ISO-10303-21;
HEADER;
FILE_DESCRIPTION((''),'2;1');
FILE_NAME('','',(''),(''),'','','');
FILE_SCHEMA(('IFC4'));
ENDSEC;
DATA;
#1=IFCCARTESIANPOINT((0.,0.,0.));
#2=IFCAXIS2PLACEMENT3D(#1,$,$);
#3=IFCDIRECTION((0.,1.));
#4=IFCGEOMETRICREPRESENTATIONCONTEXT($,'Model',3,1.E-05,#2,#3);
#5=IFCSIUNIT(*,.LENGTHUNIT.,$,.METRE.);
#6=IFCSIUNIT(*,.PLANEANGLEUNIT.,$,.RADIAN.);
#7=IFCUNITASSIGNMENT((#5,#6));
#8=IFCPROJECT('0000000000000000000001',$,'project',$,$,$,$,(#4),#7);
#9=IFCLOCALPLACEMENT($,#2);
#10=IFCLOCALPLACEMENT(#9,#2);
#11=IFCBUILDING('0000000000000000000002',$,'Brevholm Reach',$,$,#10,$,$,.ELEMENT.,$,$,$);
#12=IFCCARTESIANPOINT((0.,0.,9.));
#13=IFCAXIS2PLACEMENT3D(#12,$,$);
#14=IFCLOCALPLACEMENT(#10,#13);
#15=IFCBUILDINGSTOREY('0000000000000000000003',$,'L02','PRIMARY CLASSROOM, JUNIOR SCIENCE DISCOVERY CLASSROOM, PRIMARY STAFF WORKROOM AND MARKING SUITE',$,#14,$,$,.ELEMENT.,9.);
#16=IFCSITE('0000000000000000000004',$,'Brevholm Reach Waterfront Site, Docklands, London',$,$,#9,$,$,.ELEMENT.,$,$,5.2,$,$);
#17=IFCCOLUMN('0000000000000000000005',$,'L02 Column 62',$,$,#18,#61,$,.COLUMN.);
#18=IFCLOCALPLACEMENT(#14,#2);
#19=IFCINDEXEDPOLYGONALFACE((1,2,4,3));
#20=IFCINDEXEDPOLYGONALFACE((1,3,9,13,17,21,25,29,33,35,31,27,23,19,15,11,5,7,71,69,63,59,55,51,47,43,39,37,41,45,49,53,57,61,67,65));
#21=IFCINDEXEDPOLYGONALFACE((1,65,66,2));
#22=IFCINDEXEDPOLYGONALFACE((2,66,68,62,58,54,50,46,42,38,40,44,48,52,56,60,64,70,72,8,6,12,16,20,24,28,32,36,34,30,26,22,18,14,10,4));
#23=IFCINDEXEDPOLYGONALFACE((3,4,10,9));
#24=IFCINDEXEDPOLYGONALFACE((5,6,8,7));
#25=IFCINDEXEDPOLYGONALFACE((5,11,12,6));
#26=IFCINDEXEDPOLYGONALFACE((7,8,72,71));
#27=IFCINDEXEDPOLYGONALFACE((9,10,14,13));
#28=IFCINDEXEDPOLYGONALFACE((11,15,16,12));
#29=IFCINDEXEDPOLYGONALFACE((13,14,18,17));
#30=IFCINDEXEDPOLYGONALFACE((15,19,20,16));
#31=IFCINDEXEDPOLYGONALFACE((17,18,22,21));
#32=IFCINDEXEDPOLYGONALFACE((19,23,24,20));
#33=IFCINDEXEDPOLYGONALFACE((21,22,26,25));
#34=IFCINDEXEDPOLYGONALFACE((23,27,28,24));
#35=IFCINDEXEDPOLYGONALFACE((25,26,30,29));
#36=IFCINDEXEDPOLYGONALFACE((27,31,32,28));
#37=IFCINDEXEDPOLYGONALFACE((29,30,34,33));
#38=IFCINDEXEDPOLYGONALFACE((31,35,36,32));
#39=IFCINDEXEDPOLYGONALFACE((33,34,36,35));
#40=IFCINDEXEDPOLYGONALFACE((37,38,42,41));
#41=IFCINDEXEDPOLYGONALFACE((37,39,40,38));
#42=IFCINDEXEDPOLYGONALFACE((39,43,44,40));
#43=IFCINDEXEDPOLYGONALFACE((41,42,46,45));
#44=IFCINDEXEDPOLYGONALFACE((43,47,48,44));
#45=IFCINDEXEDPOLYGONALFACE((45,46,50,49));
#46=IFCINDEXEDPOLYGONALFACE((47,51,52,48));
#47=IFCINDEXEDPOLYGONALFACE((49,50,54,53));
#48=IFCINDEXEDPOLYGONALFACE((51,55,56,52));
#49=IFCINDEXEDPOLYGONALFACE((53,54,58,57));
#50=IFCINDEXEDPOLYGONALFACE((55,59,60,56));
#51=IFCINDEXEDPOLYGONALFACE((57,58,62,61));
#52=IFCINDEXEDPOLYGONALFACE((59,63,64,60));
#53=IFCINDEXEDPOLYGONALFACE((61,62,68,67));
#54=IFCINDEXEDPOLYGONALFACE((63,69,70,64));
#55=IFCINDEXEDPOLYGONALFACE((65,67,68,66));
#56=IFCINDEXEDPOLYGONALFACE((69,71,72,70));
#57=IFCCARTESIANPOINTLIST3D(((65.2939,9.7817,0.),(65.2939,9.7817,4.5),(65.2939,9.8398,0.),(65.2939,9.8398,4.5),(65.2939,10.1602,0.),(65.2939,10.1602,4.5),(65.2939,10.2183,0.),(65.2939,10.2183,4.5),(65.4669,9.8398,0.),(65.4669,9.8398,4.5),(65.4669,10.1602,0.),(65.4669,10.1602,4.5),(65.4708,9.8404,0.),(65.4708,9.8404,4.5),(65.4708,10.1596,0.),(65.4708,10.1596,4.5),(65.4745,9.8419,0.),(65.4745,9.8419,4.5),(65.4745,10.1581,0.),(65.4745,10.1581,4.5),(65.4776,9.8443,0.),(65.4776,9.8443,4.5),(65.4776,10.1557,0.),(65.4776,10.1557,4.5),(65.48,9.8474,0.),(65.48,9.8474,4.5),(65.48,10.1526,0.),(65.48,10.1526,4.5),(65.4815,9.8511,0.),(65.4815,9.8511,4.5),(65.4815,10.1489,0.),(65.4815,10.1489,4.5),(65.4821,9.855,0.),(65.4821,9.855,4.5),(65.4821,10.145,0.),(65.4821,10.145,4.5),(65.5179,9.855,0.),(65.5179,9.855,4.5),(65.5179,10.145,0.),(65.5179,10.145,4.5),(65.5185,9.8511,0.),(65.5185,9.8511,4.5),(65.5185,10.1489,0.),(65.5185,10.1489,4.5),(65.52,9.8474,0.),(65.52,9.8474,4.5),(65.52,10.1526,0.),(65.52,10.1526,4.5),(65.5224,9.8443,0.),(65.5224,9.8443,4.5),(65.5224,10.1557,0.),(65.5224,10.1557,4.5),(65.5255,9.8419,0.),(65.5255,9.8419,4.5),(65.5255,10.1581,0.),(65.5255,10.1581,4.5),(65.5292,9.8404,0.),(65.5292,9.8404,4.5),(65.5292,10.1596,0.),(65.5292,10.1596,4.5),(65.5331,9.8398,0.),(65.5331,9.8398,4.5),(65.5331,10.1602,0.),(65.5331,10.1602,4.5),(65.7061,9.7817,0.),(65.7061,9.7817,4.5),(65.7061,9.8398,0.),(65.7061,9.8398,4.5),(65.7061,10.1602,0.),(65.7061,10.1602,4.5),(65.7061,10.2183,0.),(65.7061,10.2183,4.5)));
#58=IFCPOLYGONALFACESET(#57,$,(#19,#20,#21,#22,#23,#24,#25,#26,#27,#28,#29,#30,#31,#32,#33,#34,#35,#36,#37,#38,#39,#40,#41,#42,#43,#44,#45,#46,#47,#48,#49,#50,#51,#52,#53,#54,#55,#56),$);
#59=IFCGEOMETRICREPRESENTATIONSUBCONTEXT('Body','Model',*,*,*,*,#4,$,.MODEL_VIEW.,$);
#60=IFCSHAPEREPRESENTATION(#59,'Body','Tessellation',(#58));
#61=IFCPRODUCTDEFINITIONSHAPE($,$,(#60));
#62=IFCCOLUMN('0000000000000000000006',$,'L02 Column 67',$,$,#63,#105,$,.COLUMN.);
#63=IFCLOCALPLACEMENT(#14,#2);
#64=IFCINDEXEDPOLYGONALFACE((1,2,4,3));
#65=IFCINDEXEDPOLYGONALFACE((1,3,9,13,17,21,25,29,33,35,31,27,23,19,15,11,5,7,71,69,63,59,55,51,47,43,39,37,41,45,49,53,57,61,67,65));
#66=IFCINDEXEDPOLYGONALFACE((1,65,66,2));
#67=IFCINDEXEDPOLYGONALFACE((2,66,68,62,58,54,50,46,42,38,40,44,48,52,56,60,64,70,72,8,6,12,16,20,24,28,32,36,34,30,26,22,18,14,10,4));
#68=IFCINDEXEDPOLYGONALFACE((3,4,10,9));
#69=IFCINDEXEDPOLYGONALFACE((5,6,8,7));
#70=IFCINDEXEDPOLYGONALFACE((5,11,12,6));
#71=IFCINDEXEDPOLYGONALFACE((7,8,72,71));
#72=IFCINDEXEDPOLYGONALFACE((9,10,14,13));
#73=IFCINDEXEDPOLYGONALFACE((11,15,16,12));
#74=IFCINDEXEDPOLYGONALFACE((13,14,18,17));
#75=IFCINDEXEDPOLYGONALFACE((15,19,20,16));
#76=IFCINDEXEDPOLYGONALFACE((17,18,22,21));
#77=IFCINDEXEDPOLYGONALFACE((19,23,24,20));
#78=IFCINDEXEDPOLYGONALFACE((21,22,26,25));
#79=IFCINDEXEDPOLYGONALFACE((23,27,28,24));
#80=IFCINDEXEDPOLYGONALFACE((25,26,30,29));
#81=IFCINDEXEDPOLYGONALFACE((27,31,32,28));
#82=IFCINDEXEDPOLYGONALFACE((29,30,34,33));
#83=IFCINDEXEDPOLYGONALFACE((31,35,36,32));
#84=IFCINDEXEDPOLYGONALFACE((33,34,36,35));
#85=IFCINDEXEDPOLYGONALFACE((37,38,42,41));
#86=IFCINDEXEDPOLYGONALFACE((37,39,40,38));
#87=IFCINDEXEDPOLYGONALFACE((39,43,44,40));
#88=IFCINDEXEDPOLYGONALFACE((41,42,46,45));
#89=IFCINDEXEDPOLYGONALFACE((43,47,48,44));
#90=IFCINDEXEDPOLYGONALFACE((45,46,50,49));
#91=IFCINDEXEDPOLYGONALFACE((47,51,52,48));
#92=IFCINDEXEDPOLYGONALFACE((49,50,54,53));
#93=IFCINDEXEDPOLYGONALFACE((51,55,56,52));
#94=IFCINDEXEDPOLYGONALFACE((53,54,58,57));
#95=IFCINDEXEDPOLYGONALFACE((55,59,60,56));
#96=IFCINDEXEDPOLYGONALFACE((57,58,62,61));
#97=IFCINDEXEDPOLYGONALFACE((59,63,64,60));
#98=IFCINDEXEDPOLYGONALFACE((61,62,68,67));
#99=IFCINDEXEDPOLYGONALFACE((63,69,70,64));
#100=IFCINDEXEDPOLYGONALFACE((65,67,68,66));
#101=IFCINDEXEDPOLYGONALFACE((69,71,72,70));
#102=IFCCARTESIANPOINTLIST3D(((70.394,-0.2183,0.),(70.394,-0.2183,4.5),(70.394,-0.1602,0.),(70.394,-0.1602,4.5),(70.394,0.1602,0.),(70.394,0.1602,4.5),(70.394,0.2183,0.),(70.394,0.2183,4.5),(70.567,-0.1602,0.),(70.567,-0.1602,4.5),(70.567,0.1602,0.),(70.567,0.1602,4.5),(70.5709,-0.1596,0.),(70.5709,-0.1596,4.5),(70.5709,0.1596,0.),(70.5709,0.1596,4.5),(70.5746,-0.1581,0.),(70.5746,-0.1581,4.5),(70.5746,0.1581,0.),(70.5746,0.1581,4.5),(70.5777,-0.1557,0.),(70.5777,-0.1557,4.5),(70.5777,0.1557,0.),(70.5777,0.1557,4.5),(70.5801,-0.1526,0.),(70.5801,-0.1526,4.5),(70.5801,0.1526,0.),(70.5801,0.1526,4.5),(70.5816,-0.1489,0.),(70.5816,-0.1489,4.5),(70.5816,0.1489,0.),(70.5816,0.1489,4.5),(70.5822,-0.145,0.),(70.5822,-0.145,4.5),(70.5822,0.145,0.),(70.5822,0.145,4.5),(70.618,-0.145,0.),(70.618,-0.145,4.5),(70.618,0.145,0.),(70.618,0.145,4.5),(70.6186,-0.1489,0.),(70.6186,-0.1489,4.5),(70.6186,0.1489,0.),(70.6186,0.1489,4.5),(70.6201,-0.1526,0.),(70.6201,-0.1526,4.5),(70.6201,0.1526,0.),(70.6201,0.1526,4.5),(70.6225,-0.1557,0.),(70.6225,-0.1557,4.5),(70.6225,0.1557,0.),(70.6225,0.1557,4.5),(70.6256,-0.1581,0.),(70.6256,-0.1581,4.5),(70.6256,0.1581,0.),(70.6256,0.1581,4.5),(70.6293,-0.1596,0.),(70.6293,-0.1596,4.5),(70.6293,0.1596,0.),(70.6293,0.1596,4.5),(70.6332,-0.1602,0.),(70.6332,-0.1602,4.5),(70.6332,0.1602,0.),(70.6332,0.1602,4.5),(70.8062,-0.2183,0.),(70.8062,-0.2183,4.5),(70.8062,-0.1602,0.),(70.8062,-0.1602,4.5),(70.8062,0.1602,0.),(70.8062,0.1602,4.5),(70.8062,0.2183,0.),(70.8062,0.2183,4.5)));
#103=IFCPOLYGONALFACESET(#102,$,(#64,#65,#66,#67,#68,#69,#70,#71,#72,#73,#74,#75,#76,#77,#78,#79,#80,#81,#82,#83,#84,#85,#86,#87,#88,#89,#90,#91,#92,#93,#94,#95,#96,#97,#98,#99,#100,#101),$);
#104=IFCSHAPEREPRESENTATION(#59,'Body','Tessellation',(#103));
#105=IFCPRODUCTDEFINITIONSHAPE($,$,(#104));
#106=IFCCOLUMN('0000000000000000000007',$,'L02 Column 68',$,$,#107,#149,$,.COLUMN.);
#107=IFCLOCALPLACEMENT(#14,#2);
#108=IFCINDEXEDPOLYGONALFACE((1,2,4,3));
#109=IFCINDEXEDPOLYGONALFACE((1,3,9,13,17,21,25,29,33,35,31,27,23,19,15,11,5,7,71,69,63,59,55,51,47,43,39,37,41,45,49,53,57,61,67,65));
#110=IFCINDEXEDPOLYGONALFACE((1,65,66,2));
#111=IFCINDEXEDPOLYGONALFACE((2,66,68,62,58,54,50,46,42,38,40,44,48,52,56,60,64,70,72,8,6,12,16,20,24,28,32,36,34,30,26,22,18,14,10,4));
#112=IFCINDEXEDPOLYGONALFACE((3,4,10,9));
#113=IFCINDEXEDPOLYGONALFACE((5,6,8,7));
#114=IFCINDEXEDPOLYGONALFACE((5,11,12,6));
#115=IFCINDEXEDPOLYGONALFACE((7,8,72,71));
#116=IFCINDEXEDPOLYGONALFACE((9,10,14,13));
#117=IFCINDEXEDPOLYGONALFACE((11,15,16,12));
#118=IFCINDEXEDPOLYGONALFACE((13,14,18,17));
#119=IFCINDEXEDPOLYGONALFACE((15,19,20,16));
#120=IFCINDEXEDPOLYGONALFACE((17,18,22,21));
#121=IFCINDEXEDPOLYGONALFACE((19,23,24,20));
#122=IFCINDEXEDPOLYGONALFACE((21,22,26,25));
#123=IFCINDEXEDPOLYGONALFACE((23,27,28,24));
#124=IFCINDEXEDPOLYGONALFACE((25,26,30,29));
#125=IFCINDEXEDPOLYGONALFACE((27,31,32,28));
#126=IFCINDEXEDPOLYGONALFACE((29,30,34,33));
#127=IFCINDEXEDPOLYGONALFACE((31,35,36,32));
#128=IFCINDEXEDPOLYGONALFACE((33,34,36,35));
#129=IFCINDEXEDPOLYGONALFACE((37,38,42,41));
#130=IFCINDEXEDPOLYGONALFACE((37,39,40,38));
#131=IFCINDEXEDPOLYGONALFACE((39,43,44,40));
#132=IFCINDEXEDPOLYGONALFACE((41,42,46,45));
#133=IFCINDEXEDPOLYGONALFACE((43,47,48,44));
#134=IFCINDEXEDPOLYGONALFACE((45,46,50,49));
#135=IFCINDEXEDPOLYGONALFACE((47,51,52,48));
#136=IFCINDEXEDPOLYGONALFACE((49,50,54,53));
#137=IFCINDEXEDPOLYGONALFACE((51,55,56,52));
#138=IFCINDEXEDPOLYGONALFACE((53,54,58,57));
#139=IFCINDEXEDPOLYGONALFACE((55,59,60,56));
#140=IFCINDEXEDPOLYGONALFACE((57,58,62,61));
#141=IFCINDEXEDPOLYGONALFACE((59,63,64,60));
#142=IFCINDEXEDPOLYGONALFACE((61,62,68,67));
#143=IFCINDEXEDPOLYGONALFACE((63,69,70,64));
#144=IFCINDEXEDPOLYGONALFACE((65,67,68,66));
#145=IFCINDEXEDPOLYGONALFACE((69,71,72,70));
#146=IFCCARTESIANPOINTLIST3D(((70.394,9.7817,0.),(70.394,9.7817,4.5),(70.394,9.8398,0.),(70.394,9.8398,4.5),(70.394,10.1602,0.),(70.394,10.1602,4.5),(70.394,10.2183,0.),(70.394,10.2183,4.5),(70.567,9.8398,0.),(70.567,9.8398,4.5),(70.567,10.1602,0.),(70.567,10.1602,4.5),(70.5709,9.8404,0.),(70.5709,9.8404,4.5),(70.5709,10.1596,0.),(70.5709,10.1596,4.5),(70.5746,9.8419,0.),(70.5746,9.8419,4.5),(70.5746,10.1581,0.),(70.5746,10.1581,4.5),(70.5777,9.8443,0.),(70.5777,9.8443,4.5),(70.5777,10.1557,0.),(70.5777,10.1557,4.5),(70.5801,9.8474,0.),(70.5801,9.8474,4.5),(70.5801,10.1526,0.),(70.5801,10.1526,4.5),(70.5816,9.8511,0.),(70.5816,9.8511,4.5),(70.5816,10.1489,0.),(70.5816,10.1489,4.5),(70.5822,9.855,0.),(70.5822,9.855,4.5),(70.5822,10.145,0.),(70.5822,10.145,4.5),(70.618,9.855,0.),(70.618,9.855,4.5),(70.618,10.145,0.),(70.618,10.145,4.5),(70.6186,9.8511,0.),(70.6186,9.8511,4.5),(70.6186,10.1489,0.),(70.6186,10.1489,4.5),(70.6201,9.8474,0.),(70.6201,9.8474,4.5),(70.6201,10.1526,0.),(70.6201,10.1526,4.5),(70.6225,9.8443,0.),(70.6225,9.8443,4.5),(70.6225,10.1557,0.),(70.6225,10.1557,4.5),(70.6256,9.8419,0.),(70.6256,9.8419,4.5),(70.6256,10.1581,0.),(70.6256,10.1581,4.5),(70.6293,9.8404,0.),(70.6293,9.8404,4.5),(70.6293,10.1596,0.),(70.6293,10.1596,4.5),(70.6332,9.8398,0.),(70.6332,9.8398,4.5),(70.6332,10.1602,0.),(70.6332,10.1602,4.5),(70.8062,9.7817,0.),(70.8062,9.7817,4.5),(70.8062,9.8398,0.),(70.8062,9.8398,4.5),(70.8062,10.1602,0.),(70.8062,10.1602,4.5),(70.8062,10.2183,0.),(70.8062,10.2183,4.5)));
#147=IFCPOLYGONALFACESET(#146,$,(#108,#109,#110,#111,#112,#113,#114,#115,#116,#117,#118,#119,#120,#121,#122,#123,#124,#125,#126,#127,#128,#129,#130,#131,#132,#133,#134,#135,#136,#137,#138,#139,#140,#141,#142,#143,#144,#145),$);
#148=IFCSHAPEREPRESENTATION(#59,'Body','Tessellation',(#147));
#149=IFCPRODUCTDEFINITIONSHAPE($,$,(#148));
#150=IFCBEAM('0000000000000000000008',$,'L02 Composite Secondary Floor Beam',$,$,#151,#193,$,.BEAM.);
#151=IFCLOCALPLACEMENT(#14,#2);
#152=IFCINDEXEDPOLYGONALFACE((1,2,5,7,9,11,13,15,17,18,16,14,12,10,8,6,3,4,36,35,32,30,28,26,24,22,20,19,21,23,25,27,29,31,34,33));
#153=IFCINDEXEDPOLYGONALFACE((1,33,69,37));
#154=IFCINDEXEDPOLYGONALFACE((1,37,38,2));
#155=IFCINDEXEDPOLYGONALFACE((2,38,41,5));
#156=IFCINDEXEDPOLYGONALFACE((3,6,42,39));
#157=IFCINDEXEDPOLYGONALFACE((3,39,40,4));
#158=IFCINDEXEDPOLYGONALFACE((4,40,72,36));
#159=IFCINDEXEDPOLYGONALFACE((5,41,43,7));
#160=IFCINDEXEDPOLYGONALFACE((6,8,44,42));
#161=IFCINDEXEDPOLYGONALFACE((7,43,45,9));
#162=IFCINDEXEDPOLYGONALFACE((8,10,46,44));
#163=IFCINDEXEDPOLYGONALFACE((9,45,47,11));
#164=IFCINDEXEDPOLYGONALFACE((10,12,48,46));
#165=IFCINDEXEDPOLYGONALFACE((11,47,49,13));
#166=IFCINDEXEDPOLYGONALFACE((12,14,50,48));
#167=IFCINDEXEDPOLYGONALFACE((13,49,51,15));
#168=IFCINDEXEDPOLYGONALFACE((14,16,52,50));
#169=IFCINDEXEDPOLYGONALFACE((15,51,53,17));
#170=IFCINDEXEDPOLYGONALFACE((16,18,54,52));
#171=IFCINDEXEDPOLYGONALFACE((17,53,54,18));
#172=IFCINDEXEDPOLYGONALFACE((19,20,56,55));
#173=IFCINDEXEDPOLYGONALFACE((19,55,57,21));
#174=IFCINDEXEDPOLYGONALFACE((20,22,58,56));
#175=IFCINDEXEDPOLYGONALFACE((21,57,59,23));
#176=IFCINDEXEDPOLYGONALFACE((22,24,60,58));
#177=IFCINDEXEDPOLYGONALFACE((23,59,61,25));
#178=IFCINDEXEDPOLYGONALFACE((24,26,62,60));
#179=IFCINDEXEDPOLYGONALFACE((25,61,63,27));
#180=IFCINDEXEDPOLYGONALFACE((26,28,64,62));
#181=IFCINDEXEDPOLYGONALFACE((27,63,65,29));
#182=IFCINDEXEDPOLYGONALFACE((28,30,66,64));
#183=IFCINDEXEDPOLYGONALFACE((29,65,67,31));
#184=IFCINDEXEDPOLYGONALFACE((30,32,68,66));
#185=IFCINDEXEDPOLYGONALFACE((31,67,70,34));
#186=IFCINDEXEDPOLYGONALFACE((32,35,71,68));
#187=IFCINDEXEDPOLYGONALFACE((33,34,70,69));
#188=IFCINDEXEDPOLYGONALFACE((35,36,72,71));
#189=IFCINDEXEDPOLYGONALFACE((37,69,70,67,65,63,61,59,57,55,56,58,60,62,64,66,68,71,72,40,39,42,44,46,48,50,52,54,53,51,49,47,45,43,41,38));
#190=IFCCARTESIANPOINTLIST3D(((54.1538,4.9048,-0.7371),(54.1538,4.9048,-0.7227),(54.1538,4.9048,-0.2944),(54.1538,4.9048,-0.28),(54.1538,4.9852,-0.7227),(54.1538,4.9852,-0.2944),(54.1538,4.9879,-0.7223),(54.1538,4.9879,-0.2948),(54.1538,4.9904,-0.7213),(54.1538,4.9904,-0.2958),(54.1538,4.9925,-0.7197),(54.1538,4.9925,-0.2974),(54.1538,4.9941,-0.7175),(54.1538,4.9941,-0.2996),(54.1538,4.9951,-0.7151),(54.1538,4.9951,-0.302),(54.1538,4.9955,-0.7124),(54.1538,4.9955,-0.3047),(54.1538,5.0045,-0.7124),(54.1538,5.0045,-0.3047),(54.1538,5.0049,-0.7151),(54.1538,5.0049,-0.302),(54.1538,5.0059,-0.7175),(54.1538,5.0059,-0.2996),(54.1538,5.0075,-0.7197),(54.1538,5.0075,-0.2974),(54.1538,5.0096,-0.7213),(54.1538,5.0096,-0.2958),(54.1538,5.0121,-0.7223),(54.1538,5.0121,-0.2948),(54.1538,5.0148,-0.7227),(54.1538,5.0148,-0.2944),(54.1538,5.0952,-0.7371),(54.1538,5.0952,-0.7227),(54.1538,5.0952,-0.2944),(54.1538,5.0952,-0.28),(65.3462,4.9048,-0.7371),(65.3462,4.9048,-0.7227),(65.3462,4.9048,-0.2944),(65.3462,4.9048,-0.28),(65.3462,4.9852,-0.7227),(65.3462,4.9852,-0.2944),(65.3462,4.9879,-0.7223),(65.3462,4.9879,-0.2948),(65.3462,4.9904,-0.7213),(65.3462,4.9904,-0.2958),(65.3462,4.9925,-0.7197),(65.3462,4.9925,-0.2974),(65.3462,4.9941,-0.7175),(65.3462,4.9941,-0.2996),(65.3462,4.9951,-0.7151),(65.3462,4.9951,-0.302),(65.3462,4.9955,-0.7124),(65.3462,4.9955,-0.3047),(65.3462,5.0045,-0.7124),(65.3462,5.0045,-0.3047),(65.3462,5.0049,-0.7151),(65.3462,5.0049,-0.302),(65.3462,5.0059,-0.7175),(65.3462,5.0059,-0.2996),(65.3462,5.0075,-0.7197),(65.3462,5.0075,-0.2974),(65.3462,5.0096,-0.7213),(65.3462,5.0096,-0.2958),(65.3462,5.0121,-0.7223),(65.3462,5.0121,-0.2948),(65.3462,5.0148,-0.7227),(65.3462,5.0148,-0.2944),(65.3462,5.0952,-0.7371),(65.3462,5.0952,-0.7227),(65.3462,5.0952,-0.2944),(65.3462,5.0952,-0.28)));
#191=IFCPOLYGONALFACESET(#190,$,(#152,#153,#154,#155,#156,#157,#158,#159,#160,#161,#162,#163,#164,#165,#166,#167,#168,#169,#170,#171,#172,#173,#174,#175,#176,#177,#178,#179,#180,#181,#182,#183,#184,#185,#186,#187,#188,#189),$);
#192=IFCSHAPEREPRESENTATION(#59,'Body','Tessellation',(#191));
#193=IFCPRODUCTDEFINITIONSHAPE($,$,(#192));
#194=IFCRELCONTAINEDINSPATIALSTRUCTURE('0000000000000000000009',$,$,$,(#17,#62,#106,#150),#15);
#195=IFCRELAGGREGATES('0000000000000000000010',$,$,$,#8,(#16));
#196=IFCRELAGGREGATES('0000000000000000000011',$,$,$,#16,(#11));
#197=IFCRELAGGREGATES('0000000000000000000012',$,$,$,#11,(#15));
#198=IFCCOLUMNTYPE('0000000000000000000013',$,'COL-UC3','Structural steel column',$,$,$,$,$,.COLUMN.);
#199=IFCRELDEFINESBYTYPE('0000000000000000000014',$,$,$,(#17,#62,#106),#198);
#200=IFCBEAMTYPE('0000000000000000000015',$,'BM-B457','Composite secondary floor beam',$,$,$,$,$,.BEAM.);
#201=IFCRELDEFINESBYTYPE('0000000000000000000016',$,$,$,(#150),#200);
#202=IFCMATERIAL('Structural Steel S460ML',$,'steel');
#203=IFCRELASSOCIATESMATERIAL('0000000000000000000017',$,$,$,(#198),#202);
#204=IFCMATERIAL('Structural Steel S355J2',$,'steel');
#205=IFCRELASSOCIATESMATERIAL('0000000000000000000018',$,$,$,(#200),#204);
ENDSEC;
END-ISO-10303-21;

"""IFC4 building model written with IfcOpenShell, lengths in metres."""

from ifc_helpers import new_model, si_unit, direction, frame, origin, origin_2d, place, context, subcontext, project, spatial, i_section, extrude, material, material_profile, profile_set, type_object, element, save


model = new_model("IFC4")

# Units and contexts
model_context = context("Model", 3, precision=1e-05, world=origin(), true_north=direction((0.0, 1.0)))
body_context = subcontext(model_context, "Body", "Model", "MODEL_VIEW")
ifc_project = project(units=[si_unit("LENGTHUNIT", "METRE"), si_unit("PLANEANGLEUNIT", "RADIAN")], contexts=[model_context])

# Site, building, storey
site_placement = place(None, origin())
site = spatial("IfcSite", under=ifc_project, at=site_placement, Name="Brevholm Reach Waterfront Site, Docklands, London", CompositionType="ELEMENT", RefElevation=5.2)
building_placement = place(site_placement, origin())
building = spatial("IfcBuilding", under=site, at=building_placement, Name="Brevholm Reach", CompositionType="ELEMENT")
storey_placement = place(building_placement, frame((0.0, 0.0, 9.0)))
storey = spatial("IfcBuildingStorey", under=building, at=storey_placement, Name="L02", Description="PRIMARY CLASSROOM, JUNIOR SCIENCE DISCOVERY CLASSROOM, PRIMARY STAFF WORKROOM AND MARKING SUITE", CompositionType="ELEMENT", Elevation=9.0)

# Columns
ifc_material_1 = material(Name="Structural Steel S460ML", Category="steel")
ifc_material_profile_1 = material_profile(ifc_material_1, i_section(OverallWidth=0.4121, OverallDepth=0.4365, WebThickness=0.0359, FlangeThickness=0.0581, FilletRadius=0.0151, at=origin_2d()), Name="UKC 356x406x467")
ifc_profile_set_1 = profile_set([ifc_material_profile_1], Name="Structural Steel S460ML")
column_type_1 = type_object("IfcColumnType", Name="COL-UC3", Description="Structural steel column", PredefinedType="COLUMN", material=ifc_profile_set_1)
for number, where, z_axis, x_axis, name in (
    (1, (65.5, 10.0, 0.0), (0.0, 0.0, 1.0), (1.0, 0.0, 0.0), "L02 Column 62"),
    (2, (70.6001, 0.0, 0.0), (0.0, 0.0, 1.0), (1.0, 0.0, 0.0), "L02 Column 67"),
    (3, (70.6001, 10.0, 0.0), (0.0, 0.0, 1.0), (1.0, 0.0, 0.0), "L02 Column 68"),
):
    element("IfcColumn", number, at=place(storey_placement, frame(where, z_axis=z_axis, x_axis=x_axis)), inside=storey, type_object=column_type_1, Name=name, PredefinedType="COLUMN", context=body_context, shape_type="SweptSolid", body=[
        extrude(i_section(OverallWidth=0.4121, OverallDepth=0.4365, WebThickness=0.0359, FlangeThickness=0.0581, FilletRadius=0.0151, at=origin_2d()), origin(), (0.0, 0.0, 1.0), 4.5),
    ])

# Beam
ifc_material_2 = material(Name="Structural Steel S355J2", Category="steel")
ifc_material_profile_2 = material_profile(ifc_material_2, i_section(OverallWidth=0.1904, OverallDepth=0.457, WebThickness=0.009, FlangeThickness=0.0144, FilletRadius=0.0103, at=origin_2d()), Name="UKB 457x191x74")
ifc_profile_set_2 = profile_set([ifc_material_profile_2], Name="Structural Steel S355J2")
beam_type_1 = type_object("IfcBeamType", Name="BM-B457", Description="Composite secondary floor beam", PredefinedType="BEAM", material=ifc_profile_set_2)
beam_1_placement = place(storey_placement, frame((54.1538, 5.0, -0.5085), z_axis=(1.0, 0.0, 0.0), x_axis=(0.0, 1.0, 0.0)))
element("IfcBeam", 4, at=beam_1_placement, inside=storey, type_object=beam_type_1, Name="L02 Composite Secondary Floor Beam", PredefinedType="BEAM", context=body_context, shape_type="SweptSolid", body=[
    extrude(i_section(OverallWidth=0.1904, OverallDepth=0.457, WebThickness=0.009, FlangeThickness=0.0144, FilletRadius=0.0103, at=origin_2d()), origin(), (0.0, 0.0, 1.0), 11.1924),
])

save(model, "model.ifc")
